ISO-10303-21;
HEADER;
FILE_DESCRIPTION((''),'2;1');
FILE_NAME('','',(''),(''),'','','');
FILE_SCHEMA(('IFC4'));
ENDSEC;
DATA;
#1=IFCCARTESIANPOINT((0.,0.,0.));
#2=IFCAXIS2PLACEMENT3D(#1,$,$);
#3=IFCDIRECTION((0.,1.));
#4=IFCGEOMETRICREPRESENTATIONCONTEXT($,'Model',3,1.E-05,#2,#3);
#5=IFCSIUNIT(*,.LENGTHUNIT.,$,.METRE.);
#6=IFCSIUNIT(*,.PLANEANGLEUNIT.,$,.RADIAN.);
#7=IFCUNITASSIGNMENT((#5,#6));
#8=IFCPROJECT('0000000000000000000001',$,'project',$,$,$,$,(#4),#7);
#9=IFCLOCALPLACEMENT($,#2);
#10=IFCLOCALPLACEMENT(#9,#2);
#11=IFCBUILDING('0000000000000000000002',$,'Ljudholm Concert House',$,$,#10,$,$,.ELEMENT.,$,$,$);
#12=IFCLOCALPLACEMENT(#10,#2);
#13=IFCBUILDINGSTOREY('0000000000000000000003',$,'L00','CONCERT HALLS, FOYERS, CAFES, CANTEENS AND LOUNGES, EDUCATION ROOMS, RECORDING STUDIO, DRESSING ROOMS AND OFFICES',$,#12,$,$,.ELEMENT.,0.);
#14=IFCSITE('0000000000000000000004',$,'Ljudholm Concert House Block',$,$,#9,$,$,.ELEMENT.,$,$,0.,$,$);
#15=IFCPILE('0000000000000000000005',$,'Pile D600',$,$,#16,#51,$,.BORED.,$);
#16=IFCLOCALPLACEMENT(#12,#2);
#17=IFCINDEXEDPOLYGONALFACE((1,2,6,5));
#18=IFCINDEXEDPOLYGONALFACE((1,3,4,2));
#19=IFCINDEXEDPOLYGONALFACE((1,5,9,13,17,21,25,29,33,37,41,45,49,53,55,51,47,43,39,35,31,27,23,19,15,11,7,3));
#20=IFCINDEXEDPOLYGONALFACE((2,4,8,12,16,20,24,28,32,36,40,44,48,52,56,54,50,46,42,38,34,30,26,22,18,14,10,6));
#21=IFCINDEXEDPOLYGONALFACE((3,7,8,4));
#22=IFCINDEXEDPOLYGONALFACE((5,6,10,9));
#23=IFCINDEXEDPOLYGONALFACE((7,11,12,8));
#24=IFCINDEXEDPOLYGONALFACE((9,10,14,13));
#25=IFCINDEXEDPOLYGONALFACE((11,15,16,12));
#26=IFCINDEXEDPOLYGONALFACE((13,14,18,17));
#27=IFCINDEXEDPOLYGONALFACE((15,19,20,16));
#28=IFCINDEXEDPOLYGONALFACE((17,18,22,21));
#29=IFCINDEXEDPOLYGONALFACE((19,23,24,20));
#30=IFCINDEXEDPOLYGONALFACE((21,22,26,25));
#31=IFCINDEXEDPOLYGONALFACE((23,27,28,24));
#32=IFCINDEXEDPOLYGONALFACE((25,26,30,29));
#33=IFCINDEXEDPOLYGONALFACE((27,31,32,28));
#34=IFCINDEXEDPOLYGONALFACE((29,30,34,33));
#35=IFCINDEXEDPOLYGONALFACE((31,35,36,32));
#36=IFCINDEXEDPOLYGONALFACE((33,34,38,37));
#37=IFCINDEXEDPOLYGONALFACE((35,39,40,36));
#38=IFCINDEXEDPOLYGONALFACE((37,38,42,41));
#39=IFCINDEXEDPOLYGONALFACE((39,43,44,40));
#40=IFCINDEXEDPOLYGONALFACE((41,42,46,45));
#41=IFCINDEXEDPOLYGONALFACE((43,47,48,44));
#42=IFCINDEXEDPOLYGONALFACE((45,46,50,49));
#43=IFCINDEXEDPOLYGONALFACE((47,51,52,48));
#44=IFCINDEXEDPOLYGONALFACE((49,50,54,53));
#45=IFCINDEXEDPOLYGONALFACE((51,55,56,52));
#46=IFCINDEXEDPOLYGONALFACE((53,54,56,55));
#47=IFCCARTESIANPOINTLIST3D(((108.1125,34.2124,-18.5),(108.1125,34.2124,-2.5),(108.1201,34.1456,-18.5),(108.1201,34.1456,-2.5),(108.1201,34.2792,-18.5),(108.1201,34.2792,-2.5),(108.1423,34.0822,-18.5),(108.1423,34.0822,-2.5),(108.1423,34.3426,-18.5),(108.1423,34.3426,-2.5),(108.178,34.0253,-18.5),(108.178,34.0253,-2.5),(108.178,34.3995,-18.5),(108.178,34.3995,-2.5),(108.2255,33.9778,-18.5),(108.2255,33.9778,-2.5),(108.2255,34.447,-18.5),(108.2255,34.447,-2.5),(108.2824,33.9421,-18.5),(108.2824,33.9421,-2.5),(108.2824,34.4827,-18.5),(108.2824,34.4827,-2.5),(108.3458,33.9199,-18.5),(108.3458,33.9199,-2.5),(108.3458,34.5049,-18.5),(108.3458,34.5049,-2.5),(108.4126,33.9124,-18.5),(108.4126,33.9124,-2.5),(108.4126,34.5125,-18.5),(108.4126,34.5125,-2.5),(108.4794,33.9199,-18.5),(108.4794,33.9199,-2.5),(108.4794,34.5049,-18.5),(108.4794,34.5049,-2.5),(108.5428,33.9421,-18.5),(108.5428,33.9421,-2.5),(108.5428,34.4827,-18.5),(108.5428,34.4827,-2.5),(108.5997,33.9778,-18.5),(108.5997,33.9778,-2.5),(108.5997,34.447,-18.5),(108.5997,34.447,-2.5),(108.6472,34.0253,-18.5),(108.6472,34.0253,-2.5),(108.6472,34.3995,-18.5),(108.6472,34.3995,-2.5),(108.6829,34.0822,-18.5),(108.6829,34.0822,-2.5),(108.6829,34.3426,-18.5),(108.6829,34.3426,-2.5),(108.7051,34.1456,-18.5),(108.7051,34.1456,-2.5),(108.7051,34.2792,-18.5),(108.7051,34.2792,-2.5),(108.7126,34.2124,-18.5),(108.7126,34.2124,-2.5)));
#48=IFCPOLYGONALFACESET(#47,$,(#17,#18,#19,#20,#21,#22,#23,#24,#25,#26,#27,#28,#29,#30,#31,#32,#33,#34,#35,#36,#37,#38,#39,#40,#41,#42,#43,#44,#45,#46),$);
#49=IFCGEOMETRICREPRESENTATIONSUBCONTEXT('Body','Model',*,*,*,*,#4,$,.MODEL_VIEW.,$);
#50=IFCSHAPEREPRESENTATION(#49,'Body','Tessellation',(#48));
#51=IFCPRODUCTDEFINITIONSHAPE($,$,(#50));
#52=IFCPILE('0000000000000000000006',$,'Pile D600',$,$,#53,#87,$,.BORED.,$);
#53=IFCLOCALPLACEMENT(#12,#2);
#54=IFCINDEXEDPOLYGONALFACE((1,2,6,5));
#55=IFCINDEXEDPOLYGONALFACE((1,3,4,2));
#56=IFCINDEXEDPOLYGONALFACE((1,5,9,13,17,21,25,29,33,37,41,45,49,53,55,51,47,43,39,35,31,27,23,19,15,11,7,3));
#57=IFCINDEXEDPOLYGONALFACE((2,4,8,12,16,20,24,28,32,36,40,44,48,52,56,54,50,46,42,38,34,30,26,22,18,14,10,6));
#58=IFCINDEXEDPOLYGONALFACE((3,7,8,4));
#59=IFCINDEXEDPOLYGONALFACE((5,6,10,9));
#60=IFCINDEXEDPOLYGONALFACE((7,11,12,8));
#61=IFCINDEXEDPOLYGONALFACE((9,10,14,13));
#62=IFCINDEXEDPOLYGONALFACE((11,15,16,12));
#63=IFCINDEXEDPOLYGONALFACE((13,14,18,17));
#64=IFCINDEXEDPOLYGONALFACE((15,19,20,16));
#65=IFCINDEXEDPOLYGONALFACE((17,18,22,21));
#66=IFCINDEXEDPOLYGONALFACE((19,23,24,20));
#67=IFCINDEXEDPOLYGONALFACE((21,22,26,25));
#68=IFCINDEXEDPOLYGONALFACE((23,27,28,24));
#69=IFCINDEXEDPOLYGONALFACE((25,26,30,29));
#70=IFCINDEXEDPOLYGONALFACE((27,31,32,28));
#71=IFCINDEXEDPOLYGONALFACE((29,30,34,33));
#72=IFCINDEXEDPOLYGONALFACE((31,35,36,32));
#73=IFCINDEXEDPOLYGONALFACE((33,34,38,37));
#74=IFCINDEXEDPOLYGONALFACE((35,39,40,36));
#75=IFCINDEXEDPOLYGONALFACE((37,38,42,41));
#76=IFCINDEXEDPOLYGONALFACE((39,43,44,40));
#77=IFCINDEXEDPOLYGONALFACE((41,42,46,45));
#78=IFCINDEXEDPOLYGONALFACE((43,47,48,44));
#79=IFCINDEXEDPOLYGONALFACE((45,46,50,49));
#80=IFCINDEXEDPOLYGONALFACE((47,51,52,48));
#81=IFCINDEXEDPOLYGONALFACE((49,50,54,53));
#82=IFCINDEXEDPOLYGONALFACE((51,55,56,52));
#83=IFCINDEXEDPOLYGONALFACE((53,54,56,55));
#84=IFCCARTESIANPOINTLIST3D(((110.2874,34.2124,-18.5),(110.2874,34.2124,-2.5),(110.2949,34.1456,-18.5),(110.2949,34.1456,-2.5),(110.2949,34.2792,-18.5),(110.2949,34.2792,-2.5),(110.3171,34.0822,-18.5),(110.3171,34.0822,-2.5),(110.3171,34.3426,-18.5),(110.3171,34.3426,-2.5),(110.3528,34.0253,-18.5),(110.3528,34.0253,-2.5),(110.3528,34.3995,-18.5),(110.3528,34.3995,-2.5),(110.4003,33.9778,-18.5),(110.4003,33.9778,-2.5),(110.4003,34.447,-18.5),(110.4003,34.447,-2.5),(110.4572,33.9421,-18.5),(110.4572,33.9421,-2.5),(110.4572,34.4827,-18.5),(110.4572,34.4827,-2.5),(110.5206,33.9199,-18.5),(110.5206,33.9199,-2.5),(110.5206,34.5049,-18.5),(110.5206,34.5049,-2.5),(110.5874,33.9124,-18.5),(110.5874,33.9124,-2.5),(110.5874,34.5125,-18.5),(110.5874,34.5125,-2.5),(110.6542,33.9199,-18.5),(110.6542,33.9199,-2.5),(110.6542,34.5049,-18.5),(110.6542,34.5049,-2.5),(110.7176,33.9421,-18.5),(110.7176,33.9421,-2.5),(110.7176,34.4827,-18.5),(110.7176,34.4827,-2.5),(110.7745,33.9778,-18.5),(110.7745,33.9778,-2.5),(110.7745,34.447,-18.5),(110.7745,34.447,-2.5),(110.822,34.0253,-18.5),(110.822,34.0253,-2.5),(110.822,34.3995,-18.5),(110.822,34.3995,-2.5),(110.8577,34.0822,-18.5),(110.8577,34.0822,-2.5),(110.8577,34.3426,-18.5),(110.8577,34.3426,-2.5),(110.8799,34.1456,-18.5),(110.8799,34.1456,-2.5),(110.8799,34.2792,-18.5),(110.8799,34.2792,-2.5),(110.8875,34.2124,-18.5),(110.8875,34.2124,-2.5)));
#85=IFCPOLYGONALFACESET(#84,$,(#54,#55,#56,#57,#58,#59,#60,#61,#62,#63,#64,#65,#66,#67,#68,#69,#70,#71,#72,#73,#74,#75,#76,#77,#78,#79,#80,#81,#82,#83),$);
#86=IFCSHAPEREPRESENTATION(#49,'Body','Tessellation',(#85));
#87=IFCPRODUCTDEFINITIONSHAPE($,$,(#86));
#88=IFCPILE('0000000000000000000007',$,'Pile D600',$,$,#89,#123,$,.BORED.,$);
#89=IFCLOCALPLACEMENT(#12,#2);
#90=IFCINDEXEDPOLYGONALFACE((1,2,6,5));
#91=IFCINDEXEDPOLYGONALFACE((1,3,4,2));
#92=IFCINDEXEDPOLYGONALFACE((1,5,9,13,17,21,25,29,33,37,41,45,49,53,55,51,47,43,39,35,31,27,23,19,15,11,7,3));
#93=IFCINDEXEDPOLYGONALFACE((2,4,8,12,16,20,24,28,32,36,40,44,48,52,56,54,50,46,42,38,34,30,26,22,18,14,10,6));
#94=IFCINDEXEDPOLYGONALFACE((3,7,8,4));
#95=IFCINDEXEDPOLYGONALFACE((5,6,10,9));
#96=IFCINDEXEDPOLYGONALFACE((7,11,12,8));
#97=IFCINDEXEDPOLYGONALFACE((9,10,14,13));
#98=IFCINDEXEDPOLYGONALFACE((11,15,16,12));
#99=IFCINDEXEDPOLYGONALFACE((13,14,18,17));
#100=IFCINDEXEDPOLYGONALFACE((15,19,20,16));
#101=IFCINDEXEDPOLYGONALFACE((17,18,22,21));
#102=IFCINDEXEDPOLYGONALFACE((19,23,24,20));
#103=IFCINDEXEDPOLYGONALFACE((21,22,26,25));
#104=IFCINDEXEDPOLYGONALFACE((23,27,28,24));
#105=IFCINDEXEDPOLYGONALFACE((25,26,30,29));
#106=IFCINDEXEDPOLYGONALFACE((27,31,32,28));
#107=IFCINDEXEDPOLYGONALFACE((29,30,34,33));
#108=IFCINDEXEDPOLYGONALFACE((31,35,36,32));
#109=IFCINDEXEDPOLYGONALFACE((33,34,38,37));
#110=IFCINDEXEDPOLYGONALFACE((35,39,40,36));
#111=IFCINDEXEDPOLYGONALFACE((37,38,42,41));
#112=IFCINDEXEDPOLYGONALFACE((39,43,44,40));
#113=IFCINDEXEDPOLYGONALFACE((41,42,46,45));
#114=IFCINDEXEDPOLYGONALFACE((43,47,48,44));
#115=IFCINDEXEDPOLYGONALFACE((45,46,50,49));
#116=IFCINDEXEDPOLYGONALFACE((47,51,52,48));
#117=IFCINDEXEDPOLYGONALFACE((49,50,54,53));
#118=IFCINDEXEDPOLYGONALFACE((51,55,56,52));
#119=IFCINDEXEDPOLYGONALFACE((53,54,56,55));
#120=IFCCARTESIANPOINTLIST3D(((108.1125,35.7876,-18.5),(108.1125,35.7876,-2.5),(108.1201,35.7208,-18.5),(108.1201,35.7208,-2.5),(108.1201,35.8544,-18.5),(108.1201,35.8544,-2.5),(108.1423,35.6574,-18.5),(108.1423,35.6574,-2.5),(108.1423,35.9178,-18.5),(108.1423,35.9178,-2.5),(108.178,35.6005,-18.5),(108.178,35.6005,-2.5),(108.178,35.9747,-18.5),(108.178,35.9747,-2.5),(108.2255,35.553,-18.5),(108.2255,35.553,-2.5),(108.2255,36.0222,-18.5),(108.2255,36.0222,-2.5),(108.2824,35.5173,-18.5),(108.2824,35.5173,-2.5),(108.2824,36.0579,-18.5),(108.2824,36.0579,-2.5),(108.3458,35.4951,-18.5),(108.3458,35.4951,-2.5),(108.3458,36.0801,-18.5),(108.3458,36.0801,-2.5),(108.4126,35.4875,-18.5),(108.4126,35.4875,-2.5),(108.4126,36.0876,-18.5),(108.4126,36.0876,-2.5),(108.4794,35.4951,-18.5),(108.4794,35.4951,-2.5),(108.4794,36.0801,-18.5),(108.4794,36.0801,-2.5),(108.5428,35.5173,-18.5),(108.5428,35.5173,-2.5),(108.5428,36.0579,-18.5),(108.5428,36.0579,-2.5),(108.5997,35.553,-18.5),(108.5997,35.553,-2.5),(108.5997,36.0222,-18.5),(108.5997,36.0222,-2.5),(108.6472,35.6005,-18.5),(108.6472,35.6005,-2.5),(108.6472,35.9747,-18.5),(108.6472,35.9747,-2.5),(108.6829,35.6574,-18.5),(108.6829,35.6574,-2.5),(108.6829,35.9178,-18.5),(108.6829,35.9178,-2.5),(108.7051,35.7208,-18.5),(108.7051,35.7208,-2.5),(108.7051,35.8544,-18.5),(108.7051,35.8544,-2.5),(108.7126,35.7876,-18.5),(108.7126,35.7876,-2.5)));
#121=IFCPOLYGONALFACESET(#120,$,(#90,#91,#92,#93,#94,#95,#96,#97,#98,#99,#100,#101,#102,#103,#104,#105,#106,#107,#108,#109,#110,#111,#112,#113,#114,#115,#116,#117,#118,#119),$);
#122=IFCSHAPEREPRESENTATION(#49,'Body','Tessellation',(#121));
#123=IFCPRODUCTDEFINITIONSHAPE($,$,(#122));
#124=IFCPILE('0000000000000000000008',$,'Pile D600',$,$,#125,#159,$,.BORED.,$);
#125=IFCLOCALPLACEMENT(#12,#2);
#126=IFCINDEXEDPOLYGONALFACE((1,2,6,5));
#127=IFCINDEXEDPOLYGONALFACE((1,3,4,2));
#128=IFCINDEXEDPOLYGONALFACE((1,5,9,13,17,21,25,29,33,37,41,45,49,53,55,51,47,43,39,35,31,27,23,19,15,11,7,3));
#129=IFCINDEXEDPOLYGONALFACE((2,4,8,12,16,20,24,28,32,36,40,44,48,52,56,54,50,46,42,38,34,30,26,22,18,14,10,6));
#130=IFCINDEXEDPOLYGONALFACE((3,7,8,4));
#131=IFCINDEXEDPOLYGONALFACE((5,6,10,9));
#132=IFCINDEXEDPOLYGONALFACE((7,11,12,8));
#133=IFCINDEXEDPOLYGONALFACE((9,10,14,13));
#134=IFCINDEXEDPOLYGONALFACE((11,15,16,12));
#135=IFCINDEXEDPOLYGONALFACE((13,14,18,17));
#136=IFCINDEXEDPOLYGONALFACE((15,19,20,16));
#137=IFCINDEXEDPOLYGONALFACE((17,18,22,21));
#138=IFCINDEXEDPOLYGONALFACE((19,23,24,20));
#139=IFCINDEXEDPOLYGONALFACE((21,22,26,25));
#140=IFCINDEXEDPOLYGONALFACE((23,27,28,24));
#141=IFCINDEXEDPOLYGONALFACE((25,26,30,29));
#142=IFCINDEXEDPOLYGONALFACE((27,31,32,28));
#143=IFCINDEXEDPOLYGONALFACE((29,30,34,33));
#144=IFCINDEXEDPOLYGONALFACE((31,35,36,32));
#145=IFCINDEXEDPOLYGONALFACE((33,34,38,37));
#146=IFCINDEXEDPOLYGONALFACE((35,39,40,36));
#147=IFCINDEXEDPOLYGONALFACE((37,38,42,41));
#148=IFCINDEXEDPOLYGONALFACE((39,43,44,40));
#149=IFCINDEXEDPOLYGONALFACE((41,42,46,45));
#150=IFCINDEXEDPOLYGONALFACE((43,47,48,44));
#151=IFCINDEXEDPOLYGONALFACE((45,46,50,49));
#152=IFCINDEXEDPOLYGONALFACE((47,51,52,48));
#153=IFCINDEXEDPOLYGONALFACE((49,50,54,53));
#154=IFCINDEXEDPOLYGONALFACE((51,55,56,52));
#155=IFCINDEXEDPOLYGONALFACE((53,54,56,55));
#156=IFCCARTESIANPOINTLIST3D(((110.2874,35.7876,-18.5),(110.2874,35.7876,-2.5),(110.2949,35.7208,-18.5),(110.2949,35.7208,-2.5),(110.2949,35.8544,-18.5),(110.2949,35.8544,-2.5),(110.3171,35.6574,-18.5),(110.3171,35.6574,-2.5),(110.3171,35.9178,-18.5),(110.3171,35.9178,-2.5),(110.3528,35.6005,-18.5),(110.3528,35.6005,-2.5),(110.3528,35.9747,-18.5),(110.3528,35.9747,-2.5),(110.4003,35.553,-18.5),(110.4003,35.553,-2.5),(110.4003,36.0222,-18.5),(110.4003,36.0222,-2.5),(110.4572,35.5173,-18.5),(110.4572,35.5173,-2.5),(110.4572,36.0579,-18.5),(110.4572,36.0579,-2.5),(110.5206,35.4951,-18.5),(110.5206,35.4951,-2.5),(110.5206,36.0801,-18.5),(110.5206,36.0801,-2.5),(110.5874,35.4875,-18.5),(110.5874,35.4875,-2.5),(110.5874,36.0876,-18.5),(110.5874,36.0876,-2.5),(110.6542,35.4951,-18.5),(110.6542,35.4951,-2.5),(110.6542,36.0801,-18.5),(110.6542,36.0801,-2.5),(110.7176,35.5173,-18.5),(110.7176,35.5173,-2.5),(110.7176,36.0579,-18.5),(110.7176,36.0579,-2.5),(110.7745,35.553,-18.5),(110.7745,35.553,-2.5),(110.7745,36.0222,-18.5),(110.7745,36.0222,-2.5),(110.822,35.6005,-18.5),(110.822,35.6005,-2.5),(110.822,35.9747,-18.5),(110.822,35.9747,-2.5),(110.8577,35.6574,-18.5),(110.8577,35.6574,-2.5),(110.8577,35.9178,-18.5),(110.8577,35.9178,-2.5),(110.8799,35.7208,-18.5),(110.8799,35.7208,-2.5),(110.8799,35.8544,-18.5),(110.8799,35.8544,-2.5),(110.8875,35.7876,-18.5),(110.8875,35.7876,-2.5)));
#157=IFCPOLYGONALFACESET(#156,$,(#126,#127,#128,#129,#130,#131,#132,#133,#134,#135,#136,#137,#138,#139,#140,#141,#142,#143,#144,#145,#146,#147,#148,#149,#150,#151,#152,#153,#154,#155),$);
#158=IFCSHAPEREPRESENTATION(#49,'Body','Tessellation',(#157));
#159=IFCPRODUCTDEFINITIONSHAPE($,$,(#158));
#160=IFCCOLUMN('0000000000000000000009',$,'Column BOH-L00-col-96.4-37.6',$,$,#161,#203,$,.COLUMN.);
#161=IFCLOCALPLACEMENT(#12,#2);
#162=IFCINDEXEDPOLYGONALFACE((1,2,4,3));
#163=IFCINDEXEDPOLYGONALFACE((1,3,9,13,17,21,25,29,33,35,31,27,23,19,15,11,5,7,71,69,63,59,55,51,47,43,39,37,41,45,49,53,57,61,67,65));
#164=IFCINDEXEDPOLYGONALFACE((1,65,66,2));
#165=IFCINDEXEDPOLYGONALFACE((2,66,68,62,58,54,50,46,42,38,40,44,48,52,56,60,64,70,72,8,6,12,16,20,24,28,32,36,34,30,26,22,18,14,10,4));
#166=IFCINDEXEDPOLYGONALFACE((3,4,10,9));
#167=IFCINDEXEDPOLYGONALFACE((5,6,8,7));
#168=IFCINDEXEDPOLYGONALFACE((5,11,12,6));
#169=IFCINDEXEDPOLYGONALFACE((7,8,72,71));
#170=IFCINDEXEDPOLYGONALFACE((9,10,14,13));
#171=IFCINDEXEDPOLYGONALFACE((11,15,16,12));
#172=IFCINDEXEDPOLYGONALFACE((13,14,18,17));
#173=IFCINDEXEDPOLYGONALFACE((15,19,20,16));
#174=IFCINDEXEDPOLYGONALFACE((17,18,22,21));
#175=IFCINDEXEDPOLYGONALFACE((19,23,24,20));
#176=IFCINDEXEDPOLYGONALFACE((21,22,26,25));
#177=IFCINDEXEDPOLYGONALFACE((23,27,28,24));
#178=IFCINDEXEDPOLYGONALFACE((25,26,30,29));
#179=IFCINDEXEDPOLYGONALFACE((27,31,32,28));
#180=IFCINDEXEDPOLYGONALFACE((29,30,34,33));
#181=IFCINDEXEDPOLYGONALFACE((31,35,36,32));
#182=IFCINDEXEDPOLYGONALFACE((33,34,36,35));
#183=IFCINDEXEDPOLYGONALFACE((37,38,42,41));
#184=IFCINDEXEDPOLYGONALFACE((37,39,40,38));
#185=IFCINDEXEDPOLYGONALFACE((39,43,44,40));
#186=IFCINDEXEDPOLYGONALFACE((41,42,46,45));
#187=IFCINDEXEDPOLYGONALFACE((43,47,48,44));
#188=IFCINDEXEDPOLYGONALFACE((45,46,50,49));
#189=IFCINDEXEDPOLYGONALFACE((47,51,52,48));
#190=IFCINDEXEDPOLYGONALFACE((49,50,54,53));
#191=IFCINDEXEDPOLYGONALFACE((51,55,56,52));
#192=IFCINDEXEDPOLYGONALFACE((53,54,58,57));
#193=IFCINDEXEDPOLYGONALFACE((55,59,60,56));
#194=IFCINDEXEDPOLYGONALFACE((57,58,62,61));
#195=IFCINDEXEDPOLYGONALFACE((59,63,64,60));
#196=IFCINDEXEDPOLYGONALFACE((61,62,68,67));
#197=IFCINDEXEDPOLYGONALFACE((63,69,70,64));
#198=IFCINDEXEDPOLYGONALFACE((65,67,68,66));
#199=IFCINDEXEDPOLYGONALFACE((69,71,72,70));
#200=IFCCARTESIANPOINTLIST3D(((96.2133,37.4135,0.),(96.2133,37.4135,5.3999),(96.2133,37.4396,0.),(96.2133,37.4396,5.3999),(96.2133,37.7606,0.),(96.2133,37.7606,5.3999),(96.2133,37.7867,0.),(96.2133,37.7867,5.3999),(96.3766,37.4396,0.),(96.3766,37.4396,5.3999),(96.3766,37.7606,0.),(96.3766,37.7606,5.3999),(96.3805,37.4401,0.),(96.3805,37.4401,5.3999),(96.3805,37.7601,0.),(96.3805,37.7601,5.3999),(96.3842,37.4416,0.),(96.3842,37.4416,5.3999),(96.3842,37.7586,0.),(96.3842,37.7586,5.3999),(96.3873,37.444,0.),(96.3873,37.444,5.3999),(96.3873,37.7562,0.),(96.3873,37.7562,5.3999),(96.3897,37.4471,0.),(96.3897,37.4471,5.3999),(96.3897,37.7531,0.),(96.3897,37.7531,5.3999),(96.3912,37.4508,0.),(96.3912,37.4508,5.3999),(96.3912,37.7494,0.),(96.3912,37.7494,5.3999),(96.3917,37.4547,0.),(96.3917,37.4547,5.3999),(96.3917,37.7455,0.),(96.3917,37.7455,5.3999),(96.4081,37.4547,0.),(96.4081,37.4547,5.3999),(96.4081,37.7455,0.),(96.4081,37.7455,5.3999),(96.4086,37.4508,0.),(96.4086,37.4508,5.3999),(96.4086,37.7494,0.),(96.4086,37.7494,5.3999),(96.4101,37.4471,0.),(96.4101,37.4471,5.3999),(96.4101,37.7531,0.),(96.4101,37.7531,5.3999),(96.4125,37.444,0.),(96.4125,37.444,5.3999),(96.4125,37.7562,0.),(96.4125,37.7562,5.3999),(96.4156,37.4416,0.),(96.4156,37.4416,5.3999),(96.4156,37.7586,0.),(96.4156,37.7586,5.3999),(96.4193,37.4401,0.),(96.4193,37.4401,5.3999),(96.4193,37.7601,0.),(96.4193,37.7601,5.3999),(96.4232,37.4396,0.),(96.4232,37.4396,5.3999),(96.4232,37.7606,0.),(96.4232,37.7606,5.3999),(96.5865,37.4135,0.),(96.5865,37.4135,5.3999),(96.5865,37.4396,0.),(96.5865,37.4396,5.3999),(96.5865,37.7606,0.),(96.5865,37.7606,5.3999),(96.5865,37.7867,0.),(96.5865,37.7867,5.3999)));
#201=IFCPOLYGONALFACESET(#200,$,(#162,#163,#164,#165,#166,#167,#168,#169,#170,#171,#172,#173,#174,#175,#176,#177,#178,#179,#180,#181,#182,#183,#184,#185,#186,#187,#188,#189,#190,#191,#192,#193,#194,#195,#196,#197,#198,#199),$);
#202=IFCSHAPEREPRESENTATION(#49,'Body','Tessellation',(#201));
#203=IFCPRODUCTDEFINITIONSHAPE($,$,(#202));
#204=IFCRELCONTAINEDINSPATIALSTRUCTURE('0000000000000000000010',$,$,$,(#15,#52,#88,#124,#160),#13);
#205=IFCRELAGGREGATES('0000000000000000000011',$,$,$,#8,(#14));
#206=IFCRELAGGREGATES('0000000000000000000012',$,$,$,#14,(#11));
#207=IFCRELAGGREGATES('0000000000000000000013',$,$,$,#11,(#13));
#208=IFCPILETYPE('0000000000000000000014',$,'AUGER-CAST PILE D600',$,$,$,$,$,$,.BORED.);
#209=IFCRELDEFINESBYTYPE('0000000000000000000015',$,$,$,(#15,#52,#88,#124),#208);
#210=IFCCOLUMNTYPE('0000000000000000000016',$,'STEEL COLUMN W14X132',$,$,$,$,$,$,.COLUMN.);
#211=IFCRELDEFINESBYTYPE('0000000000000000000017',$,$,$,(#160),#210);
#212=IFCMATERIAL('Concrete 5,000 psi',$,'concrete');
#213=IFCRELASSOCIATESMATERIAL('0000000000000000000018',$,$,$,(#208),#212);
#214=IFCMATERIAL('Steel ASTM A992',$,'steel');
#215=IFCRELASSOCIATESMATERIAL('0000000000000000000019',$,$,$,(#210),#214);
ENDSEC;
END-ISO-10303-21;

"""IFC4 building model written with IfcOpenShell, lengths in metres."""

from ifc_helpers import new_model, si_unit, direction, frame, origin, origin_2d, place, context, subcontext, project, spatial, circle, i_section, extrude, material, material_profile, profile_set, type_object, element, save


model = new_model("IFC4")

# Units and contexts
model_context = context("Model", 3, precision=1e-05, world=origin(), true_north=direction((0.0, 1.0)))
body_context = subcontext(model_context, "Body", "Model", "MODEL_VIEW")
ifc_project = project(units=[si_unit("LENGTHUNIT", "METRE"), si_unit("PLANEANGLEUNIT", "RADIAN")], contexts=[model_context])

# Site, building, storey
site_placement = place(None, origin())
site = spatial("IfcSite", under=ifc_project, at=site_placement, Name="Ljudholm Concert House Block", CompositionType="ELEMENT", RefElevation=0.0)
building_placement = place(site_placement, origin())
building = spatial("IfcBuilding", under=site, at=building_placement, Name="Ljudholm Concert House", CompositionType="ELEMENT")
storey_placement = place(building_placement, origin())
storey = spatial("IfcBuildingStorey", under=building, at=storey_placement, Name="L00", Description="CONCERT HALLS, FOYERS, CAFES, CANTEENS AND LOUNGES, EDUCATION ROOMS, RECORDING STUDIO, DRESSING ROOMS AND OFFICES", CompositionType="ELEMENT", Elevation=0.0)

# Piles
ifc_material_1 = material(Name="Concrete 5,000 psi", Category="concrete")
ifc_material_profile_1 = material_profile(ifc_material_1, circle(Radius=0.3, at=origin_2d()), Name="AUGER-CAST PILE D600")
ifc_profile_set_1 = profile_set([ifc_material_profile_1], Name="Concrete 5,000 psi")
pile_type = type_object("IfcPileType", Name="AUGER-CAST PILE D600", PredefinedType="BORED", material=ifc_profile_set_1)
for number, where, z_axis, x_axis, name in (
    (1, (108.4126, 34.2124, -2.5), (0.0, 0.0, -1.0), (1.0, 0.0, 0.0), "Pile D600"),
    (2, (110.5874, 34.2124, -2.5), (0.0, 0.0, -1.0), (1.0, 0.0, 0.0), "Pile D600"),
    (3, (108.4126, 35.7876, -2.5), (0.0, 0.0, -1.0), (1.0, 0.0, 0.0), "Pile D600"),
    (4, (110.5874, 35.7876, -2.5), (0.0, 0.0, -1.0), (1.0, 0.0, 0.0), "Pile D600"),
):
    element("IfcPile", number, at=place(storey_placement, frame(where, z_axis=z_axis, x_axis=x_axis)), inside=storey, type_object=pile_type, Name=name, PredefinedType="BORED", context=body_context, shape_type="SweptSolid", body=[
        extrude(circle(Radius=0.3, at=origin_2d()), origin(), (0.0, 0.0, 1.0), 16.0),
    ])

# Column
ifc_material_2 = material(Name="Steel ASTM A992", Category="steel")
ifc_material_profile_2 = material_profile(ifc_material_2, i_section(OverallWidth=0.3733, OverallDepth=0.3733, WebThickness=0.0164, FlangeThickness=0.0261, FilletRadius=0.0151, at=origin_2d()), Name="W14X132")
ifc_profile_set_2 = profile_set([ifc_material_profile_2], Name="Steel ASTM A992")
column_type = type_object("IfcColumnType", Name="STEEL COLUMN W14X132", PredefinedType="COLUMN", material=ifc_profile_set_2)
for number, where, z_axis, x_axis, name in (
    (5, (96.3999, 37.6001, 0.0), (0.0, 0.0, 1.0), (1.0, 0.0, 0.0), "Column BOH-L00-col-96.4-37.6"),
):
    element("IfcColumn", number, at=place(storey_placement, frame(where, z_axis=z_axis, x_axis=x_axis)), inside=storey, type_object=column_type, Name=name, PredefinedType="COLUMN", context=body_context, shape_type="SweptSolid", body=[
        extrude(i_section(OverallWidth=0.3733, OverallDepth=0.3733, WebThickness=0.0164, FlangeThickness=0.0261, FilletRadius=0.0151, at=origin_2d()), origin(), (0.0, 0.0, 1.0), 5.3999),
    ])

save(model, "model.ifc")
